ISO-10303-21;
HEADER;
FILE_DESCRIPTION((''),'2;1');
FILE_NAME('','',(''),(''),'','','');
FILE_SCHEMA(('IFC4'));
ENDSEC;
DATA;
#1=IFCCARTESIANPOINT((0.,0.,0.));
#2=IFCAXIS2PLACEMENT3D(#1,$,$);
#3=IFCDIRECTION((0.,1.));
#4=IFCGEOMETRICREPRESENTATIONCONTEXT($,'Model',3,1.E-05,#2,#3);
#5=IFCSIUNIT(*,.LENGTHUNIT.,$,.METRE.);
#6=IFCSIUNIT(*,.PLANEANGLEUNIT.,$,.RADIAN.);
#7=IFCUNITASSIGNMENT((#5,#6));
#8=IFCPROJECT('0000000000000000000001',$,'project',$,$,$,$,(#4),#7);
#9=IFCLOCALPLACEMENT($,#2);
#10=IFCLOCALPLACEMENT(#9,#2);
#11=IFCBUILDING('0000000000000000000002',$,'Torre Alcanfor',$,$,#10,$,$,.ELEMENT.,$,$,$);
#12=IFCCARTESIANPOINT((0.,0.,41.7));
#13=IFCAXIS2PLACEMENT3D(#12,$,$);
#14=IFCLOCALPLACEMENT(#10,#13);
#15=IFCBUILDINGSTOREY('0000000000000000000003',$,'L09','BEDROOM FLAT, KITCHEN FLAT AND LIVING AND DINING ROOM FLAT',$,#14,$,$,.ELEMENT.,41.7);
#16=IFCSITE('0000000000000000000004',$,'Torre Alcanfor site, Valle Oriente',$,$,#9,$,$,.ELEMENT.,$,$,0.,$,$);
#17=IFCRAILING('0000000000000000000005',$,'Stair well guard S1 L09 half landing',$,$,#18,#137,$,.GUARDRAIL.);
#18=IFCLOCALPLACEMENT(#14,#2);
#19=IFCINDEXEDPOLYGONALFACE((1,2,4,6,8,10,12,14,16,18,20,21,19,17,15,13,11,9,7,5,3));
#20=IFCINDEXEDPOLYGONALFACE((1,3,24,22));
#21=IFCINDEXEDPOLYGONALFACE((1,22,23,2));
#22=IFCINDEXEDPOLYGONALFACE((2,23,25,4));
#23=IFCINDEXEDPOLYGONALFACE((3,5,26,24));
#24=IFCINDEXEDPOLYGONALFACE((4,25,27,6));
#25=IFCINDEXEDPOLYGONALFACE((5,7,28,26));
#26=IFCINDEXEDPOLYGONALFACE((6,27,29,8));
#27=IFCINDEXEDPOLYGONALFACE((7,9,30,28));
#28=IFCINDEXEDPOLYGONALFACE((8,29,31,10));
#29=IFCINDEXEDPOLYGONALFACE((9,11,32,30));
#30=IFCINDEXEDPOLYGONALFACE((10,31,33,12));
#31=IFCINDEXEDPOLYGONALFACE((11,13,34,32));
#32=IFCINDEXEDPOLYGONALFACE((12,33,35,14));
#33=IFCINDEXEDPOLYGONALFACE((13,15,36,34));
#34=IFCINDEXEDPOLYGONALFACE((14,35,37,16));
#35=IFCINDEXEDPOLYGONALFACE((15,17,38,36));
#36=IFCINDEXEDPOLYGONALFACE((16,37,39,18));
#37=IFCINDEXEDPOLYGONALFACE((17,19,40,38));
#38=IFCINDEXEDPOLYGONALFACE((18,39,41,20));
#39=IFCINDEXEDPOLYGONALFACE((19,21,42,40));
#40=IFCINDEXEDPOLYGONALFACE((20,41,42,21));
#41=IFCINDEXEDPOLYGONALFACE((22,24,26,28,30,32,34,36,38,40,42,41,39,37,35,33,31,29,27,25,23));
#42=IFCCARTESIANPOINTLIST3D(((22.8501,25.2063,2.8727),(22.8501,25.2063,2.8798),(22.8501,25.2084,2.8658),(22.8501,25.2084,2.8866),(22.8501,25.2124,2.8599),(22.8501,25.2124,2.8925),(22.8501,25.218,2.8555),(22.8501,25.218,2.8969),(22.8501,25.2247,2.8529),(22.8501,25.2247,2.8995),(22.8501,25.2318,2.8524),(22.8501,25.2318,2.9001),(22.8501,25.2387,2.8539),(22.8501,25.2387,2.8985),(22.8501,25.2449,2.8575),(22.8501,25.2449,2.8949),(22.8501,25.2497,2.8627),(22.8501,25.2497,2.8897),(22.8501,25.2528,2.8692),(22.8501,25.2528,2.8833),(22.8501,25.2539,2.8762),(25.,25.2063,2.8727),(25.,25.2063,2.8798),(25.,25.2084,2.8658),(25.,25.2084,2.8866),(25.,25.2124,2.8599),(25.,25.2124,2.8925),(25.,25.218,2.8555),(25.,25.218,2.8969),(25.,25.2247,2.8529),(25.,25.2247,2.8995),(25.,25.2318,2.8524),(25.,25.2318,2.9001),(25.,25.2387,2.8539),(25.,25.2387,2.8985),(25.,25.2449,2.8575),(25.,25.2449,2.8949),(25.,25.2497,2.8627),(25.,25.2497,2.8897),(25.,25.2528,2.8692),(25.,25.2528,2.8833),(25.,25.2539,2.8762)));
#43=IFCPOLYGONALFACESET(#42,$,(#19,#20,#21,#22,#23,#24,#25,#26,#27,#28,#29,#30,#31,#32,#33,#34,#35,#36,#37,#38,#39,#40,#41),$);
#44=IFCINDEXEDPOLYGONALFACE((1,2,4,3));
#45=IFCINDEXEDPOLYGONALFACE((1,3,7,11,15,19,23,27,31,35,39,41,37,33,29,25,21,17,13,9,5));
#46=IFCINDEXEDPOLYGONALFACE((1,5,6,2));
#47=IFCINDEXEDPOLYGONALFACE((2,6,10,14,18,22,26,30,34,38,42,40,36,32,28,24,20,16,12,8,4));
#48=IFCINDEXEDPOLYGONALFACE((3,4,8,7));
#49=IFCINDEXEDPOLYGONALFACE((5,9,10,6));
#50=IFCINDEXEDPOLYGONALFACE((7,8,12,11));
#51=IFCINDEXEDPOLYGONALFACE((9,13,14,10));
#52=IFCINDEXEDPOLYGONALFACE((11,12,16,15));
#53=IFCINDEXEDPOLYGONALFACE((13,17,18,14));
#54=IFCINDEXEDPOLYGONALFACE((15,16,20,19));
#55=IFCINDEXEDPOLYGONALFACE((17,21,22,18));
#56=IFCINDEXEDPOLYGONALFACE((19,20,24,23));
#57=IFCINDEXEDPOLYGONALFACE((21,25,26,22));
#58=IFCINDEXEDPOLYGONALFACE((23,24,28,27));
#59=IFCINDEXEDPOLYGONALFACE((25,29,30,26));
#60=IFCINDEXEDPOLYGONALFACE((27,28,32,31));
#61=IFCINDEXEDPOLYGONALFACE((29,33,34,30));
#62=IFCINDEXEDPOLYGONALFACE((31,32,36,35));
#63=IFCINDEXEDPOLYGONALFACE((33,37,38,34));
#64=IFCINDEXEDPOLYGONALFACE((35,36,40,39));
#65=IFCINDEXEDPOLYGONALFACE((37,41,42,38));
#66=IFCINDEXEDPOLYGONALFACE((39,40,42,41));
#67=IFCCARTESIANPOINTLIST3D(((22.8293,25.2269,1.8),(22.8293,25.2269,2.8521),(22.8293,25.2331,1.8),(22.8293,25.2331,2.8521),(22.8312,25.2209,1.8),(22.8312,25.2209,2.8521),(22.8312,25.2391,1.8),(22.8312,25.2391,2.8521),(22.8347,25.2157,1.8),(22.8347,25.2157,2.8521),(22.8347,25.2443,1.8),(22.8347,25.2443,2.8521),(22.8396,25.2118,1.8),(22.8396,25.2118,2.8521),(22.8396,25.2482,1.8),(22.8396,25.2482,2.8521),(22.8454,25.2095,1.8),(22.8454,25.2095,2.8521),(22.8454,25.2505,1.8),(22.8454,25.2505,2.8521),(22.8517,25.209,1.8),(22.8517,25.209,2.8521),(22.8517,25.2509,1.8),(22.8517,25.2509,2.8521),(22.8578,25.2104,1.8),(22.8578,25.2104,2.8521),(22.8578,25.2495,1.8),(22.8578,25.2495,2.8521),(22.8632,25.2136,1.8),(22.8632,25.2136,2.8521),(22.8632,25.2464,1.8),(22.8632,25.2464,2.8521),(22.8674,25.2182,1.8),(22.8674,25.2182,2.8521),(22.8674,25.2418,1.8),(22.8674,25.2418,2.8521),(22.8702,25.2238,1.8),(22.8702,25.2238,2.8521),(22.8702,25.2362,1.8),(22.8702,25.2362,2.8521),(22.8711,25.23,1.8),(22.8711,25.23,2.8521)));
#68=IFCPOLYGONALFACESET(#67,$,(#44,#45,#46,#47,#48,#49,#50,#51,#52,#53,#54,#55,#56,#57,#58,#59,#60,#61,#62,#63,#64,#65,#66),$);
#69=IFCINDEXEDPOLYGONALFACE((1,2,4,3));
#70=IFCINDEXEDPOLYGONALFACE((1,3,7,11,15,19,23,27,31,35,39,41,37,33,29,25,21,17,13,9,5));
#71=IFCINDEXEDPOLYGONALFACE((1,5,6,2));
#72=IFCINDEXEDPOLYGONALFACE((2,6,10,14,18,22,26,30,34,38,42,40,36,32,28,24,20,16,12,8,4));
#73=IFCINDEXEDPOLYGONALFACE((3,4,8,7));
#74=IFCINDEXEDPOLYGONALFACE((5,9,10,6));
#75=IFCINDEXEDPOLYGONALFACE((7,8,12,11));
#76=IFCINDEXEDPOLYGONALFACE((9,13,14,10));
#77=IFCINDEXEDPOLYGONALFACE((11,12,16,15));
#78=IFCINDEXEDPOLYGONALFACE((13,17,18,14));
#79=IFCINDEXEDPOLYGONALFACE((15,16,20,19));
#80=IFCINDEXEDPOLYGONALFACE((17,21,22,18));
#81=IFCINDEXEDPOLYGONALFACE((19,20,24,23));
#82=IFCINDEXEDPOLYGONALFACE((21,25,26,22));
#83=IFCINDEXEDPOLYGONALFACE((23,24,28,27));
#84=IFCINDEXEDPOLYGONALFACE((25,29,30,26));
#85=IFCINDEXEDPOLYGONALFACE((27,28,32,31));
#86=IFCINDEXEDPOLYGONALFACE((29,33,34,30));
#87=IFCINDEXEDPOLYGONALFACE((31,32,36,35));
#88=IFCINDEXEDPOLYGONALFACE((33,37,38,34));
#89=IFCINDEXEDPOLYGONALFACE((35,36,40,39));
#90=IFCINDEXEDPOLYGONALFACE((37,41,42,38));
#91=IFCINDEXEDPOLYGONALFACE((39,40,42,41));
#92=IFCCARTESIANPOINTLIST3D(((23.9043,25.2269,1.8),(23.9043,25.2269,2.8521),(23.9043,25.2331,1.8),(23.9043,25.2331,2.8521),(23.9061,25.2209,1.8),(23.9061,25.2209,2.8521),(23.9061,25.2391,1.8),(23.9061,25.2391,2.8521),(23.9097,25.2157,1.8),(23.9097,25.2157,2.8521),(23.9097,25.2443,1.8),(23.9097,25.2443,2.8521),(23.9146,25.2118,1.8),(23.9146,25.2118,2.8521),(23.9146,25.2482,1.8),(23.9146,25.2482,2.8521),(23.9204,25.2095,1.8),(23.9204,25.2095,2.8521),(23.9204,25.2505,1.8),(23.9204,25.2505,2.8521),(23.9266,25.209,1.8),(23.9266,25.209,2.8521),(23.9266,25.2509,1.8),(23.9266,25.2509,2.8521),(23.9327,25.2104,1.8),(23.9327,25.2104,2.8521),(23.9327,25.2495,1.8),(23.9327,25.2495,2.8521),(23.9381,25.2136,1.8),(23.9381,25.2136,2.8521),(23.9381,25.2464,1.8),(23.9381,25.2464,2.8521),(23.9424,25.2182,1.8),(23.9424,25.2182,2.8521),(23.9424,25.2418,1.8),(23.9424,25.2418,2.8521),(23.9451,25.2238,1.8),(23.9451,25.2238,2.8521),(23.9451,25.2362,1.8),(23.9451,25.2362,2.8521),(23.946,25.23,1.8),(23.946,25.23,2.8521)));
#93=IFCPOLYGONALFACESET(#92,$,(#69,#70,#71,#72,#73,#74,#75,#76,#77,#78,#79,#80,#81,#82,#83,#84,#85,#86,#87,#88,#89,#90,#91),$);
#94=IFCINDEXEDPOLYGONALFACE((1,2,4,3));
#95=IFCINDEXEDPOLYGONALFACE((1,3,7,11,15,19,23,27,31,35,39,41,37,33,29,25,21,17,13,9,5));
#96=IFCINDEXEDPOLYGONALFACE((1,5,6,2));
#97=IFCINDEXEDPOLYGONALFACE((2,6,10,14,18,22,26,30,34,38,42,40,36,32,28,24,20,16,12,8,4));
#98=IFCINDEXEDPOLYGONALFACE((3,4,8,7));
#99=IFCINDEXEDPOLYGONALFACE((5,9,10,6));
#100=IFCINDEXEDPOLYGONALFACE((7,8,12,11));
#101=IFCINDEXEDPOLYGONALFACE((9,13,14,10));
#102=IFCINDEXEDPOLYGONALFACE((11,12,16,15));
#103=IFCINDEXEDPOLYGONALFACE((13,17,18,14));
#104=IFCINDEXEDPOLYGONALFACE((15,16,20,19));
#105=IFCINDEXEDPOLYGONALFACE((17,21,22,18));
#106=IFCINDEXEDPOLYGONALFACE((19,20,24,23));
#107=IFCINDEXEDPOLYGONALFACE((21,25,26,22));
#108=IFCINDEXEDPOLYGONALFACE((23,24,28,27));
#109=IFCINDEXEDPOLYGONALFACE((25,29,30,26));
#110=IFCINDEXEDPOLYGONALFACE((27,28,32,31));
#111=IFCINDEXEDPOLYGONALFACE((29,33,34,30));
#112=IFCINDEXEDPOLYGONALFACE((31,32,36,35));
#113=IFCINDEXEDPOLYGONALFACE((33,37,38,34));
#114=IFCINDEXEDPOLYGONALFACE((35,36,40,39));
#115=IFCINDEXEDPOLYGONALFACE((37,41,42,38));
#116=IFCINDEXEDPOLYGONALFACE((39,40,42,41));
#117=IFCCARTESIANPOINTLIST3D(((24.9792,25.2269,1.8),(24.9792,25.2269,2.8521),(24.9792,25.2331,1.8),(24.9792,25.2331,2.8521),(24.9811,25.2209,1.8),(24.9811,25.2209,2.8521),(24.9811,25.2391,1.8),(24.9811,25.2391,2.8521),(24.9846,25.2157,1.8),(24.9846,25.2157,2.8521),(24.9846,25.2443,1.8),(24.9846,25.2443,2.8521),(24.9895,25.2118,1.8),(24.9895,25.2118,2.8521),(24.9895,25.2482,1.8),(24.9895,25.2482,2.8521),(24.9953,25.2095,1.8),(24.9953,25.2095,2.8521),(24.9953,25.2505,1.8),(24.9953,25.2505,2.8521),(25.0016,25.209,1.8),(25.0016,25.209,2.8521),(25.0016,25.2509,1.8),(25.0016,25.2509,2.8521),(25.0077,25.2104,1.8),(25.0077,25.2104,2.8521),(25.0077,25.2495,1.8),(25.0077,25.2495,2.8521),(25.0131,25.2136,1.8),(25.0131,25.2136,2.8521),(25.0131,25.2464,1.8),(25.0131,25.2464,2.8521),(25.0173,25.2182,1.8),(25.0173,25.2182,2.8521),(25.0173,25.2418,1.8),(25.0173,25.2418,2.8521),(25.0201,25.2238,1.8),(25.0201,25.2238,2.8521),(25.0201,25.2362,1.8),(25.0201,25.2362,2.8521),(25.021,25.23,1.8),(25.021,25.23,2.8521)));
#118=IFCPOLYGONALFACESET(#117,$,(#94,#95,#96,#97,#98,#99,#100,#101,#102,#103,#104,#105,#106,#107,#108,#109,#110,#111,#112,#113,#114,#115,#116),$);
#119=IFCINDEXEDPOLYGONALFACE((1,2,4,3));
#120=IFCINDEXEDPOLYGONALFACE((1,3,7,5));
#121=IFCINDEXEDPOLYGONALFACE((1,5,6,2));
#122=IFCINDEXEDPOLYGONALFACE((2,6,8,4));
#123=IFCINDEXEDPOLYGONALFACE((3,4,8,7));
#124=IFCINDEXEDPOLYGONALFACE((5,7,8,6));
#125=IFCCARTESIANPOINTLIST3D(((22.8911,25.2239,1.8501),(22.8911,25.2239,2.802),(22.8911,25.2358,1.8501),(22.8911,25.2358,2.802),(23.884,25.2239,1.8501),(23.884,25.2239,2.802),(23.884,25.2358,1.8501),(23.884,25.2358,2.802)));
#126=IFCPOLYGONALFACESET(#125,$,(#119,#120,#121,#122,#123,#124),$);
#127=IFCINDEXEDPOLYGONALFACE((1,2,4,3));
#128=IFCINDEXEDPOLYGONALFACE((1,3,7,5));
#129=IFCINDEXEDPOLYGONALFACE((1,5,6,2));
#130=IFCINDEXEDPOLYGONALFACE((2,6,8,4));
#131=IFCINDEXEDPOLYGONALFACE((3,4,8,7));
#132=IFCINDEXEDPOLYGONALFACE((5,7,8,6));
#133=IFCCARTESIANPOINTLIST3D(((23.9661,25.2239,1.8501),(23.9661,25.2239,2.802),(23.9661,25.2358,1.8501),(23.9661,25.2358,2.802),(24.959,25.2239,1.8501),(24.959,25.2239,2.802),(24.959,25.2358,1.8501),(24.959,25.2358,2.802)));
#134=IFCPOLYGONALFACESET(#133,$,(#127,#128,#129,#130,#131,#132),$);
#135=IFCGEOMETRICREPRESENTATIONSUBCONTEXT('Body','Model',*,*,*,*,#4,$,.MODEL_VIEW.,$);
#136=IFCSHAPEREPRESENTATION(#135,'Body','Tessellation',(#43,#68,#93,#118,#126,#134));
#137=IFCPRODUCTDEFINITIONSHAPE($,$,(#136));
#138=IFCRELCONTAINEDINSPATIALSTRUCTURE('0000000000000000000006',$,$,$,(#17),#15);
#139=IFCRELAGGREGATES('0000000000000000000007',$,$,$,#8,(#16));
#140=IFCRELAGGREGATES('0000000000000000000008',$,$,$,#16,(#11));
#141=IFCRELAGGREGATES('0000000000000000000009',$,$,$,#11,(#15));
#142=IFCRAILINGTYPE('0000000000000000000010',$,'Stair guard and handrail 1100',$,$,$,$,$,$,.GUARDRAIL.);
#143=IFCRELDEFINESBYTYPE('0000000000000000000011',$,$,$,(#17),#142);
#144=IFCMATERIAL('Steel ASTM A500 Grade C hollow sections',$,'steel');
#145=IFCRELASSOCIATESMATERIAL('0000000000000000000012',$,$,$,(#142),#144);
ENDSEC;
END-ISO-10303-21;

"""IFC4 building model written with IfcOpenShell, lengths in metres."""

from ifc_helpers import new_model, si_unit, direction, frame, origin, origin_2d, place, context, subcontext, project, spatial, polyline, circle, outline, extrude, material, type_object, element, save


model = new_model("IFC4")

# Units and contexts
model_context = context("Model", 3, precision=1e-05, world=origin(), true_north=direction((0.0, 1.0)))
body_context = subcontext(model_context, "Body", "Model", "MODEL_VIEW")
ifc_project = project(units=[si_unit("LENGTHUNIT", "METRE"), si_unit("PLANEANGLEUNIT", "RADIAN")], contexts=[model_context])

# Site, building, storey
site_placement = place(None, origin())
site = spatial("IfcSite", under=ifc_project, at=site_placement, Name="Torre Alcanfor site, Valle Oriente", CompositionType="ELEMENT", RefElevation=0.0)
building_placement = place(site_placement, origin())
building = spatial("IfcBuilding", under=site, at=building_placement, Name="Torre Alcanfor", CompositionType="ELEMENT")
storey_placement = place(building_placement, frame((0.0, 0.0, 41.7)))
storey = spatial("IfcBuildingStorey", under=building, at=storey_placement, Name="L09", Description="BEDROOM FLAT, KITCHEN FLAT AND LIVING AND DINING ROOM FLAT", CompositionType="ELEMENT", Elevation=41.7)

# Railing
ifc_material_1 = material(Name="Steel ASTM A500 Grade C hollow sections", Category="steel")
railing_type_1 = type_object("IfcRailingType", Name="Stair guard and handrail 1100", PredefinedType="GUARDRAIL", material=ifc_material_1)
railing_1_placement = place(storey_placement, frame((22.8501, 25.23, 1.8)))
element("IfcRailing", 1, at=railing_1_placement, inside=storey, type_object=railing_type_1, Name="Stair well guard S1 L09 half landing", PredefinedType="GUARDRAIL", context=body_context, shape_type="SweptSolid", body=[
    extrude(circle(Radius=0.0239, at=origin_2d()), frame((0.0, 0.0, 1.0762), z_axis=(1.0, 0.0, 0.0), x_axis=(0.0, 1.0, 0.0)), (0.0, 0.0, 1.0), 2.1499),
    extrude(circle(Radius=0.021, at=origin_2d()), origin(), (0.0, 0.0, 1.0), 1.052),
    extrude(circle(Radius=0.021, at=origin_2d()), frame((1.075, 0.0, 0.0)), (0.0, 0.0, 1.0), 1.052),
    extrude(circle(Radius=0.021, at=origin_2d()), frame((2.1499, 0.0, 0.0)), (0.0, 0.0, 1.0), 1.052),
    extrude(outline(polyline([(0.041, 0.05), (1.0339, 0.05), (1.0339, 1.002), (0.041, 1.002), (0.041, 0.05)])), frame((0.0, 0.0059, 0.0), z_axis=(0.0, -1.0, 0.0), x_axis=(1.0, 0.0, 0.0)), (0.0, 0.0, 1.0), 0.012),
    extrude(outline(polyline([(1.116, 0.05), (2.1089, 0.05), (2.1089, 1.002), (1.116, 1.002), (1.116, 0.05)])), frame((0.0, 0.0059, 0.0), z_axis=(0.0, -1.0, 0.0), x_axis=(1.0, 0.0, 0.0)), (0.0, 0.0, 1.0), 0.012),
])

save(model, "model.ifc")
